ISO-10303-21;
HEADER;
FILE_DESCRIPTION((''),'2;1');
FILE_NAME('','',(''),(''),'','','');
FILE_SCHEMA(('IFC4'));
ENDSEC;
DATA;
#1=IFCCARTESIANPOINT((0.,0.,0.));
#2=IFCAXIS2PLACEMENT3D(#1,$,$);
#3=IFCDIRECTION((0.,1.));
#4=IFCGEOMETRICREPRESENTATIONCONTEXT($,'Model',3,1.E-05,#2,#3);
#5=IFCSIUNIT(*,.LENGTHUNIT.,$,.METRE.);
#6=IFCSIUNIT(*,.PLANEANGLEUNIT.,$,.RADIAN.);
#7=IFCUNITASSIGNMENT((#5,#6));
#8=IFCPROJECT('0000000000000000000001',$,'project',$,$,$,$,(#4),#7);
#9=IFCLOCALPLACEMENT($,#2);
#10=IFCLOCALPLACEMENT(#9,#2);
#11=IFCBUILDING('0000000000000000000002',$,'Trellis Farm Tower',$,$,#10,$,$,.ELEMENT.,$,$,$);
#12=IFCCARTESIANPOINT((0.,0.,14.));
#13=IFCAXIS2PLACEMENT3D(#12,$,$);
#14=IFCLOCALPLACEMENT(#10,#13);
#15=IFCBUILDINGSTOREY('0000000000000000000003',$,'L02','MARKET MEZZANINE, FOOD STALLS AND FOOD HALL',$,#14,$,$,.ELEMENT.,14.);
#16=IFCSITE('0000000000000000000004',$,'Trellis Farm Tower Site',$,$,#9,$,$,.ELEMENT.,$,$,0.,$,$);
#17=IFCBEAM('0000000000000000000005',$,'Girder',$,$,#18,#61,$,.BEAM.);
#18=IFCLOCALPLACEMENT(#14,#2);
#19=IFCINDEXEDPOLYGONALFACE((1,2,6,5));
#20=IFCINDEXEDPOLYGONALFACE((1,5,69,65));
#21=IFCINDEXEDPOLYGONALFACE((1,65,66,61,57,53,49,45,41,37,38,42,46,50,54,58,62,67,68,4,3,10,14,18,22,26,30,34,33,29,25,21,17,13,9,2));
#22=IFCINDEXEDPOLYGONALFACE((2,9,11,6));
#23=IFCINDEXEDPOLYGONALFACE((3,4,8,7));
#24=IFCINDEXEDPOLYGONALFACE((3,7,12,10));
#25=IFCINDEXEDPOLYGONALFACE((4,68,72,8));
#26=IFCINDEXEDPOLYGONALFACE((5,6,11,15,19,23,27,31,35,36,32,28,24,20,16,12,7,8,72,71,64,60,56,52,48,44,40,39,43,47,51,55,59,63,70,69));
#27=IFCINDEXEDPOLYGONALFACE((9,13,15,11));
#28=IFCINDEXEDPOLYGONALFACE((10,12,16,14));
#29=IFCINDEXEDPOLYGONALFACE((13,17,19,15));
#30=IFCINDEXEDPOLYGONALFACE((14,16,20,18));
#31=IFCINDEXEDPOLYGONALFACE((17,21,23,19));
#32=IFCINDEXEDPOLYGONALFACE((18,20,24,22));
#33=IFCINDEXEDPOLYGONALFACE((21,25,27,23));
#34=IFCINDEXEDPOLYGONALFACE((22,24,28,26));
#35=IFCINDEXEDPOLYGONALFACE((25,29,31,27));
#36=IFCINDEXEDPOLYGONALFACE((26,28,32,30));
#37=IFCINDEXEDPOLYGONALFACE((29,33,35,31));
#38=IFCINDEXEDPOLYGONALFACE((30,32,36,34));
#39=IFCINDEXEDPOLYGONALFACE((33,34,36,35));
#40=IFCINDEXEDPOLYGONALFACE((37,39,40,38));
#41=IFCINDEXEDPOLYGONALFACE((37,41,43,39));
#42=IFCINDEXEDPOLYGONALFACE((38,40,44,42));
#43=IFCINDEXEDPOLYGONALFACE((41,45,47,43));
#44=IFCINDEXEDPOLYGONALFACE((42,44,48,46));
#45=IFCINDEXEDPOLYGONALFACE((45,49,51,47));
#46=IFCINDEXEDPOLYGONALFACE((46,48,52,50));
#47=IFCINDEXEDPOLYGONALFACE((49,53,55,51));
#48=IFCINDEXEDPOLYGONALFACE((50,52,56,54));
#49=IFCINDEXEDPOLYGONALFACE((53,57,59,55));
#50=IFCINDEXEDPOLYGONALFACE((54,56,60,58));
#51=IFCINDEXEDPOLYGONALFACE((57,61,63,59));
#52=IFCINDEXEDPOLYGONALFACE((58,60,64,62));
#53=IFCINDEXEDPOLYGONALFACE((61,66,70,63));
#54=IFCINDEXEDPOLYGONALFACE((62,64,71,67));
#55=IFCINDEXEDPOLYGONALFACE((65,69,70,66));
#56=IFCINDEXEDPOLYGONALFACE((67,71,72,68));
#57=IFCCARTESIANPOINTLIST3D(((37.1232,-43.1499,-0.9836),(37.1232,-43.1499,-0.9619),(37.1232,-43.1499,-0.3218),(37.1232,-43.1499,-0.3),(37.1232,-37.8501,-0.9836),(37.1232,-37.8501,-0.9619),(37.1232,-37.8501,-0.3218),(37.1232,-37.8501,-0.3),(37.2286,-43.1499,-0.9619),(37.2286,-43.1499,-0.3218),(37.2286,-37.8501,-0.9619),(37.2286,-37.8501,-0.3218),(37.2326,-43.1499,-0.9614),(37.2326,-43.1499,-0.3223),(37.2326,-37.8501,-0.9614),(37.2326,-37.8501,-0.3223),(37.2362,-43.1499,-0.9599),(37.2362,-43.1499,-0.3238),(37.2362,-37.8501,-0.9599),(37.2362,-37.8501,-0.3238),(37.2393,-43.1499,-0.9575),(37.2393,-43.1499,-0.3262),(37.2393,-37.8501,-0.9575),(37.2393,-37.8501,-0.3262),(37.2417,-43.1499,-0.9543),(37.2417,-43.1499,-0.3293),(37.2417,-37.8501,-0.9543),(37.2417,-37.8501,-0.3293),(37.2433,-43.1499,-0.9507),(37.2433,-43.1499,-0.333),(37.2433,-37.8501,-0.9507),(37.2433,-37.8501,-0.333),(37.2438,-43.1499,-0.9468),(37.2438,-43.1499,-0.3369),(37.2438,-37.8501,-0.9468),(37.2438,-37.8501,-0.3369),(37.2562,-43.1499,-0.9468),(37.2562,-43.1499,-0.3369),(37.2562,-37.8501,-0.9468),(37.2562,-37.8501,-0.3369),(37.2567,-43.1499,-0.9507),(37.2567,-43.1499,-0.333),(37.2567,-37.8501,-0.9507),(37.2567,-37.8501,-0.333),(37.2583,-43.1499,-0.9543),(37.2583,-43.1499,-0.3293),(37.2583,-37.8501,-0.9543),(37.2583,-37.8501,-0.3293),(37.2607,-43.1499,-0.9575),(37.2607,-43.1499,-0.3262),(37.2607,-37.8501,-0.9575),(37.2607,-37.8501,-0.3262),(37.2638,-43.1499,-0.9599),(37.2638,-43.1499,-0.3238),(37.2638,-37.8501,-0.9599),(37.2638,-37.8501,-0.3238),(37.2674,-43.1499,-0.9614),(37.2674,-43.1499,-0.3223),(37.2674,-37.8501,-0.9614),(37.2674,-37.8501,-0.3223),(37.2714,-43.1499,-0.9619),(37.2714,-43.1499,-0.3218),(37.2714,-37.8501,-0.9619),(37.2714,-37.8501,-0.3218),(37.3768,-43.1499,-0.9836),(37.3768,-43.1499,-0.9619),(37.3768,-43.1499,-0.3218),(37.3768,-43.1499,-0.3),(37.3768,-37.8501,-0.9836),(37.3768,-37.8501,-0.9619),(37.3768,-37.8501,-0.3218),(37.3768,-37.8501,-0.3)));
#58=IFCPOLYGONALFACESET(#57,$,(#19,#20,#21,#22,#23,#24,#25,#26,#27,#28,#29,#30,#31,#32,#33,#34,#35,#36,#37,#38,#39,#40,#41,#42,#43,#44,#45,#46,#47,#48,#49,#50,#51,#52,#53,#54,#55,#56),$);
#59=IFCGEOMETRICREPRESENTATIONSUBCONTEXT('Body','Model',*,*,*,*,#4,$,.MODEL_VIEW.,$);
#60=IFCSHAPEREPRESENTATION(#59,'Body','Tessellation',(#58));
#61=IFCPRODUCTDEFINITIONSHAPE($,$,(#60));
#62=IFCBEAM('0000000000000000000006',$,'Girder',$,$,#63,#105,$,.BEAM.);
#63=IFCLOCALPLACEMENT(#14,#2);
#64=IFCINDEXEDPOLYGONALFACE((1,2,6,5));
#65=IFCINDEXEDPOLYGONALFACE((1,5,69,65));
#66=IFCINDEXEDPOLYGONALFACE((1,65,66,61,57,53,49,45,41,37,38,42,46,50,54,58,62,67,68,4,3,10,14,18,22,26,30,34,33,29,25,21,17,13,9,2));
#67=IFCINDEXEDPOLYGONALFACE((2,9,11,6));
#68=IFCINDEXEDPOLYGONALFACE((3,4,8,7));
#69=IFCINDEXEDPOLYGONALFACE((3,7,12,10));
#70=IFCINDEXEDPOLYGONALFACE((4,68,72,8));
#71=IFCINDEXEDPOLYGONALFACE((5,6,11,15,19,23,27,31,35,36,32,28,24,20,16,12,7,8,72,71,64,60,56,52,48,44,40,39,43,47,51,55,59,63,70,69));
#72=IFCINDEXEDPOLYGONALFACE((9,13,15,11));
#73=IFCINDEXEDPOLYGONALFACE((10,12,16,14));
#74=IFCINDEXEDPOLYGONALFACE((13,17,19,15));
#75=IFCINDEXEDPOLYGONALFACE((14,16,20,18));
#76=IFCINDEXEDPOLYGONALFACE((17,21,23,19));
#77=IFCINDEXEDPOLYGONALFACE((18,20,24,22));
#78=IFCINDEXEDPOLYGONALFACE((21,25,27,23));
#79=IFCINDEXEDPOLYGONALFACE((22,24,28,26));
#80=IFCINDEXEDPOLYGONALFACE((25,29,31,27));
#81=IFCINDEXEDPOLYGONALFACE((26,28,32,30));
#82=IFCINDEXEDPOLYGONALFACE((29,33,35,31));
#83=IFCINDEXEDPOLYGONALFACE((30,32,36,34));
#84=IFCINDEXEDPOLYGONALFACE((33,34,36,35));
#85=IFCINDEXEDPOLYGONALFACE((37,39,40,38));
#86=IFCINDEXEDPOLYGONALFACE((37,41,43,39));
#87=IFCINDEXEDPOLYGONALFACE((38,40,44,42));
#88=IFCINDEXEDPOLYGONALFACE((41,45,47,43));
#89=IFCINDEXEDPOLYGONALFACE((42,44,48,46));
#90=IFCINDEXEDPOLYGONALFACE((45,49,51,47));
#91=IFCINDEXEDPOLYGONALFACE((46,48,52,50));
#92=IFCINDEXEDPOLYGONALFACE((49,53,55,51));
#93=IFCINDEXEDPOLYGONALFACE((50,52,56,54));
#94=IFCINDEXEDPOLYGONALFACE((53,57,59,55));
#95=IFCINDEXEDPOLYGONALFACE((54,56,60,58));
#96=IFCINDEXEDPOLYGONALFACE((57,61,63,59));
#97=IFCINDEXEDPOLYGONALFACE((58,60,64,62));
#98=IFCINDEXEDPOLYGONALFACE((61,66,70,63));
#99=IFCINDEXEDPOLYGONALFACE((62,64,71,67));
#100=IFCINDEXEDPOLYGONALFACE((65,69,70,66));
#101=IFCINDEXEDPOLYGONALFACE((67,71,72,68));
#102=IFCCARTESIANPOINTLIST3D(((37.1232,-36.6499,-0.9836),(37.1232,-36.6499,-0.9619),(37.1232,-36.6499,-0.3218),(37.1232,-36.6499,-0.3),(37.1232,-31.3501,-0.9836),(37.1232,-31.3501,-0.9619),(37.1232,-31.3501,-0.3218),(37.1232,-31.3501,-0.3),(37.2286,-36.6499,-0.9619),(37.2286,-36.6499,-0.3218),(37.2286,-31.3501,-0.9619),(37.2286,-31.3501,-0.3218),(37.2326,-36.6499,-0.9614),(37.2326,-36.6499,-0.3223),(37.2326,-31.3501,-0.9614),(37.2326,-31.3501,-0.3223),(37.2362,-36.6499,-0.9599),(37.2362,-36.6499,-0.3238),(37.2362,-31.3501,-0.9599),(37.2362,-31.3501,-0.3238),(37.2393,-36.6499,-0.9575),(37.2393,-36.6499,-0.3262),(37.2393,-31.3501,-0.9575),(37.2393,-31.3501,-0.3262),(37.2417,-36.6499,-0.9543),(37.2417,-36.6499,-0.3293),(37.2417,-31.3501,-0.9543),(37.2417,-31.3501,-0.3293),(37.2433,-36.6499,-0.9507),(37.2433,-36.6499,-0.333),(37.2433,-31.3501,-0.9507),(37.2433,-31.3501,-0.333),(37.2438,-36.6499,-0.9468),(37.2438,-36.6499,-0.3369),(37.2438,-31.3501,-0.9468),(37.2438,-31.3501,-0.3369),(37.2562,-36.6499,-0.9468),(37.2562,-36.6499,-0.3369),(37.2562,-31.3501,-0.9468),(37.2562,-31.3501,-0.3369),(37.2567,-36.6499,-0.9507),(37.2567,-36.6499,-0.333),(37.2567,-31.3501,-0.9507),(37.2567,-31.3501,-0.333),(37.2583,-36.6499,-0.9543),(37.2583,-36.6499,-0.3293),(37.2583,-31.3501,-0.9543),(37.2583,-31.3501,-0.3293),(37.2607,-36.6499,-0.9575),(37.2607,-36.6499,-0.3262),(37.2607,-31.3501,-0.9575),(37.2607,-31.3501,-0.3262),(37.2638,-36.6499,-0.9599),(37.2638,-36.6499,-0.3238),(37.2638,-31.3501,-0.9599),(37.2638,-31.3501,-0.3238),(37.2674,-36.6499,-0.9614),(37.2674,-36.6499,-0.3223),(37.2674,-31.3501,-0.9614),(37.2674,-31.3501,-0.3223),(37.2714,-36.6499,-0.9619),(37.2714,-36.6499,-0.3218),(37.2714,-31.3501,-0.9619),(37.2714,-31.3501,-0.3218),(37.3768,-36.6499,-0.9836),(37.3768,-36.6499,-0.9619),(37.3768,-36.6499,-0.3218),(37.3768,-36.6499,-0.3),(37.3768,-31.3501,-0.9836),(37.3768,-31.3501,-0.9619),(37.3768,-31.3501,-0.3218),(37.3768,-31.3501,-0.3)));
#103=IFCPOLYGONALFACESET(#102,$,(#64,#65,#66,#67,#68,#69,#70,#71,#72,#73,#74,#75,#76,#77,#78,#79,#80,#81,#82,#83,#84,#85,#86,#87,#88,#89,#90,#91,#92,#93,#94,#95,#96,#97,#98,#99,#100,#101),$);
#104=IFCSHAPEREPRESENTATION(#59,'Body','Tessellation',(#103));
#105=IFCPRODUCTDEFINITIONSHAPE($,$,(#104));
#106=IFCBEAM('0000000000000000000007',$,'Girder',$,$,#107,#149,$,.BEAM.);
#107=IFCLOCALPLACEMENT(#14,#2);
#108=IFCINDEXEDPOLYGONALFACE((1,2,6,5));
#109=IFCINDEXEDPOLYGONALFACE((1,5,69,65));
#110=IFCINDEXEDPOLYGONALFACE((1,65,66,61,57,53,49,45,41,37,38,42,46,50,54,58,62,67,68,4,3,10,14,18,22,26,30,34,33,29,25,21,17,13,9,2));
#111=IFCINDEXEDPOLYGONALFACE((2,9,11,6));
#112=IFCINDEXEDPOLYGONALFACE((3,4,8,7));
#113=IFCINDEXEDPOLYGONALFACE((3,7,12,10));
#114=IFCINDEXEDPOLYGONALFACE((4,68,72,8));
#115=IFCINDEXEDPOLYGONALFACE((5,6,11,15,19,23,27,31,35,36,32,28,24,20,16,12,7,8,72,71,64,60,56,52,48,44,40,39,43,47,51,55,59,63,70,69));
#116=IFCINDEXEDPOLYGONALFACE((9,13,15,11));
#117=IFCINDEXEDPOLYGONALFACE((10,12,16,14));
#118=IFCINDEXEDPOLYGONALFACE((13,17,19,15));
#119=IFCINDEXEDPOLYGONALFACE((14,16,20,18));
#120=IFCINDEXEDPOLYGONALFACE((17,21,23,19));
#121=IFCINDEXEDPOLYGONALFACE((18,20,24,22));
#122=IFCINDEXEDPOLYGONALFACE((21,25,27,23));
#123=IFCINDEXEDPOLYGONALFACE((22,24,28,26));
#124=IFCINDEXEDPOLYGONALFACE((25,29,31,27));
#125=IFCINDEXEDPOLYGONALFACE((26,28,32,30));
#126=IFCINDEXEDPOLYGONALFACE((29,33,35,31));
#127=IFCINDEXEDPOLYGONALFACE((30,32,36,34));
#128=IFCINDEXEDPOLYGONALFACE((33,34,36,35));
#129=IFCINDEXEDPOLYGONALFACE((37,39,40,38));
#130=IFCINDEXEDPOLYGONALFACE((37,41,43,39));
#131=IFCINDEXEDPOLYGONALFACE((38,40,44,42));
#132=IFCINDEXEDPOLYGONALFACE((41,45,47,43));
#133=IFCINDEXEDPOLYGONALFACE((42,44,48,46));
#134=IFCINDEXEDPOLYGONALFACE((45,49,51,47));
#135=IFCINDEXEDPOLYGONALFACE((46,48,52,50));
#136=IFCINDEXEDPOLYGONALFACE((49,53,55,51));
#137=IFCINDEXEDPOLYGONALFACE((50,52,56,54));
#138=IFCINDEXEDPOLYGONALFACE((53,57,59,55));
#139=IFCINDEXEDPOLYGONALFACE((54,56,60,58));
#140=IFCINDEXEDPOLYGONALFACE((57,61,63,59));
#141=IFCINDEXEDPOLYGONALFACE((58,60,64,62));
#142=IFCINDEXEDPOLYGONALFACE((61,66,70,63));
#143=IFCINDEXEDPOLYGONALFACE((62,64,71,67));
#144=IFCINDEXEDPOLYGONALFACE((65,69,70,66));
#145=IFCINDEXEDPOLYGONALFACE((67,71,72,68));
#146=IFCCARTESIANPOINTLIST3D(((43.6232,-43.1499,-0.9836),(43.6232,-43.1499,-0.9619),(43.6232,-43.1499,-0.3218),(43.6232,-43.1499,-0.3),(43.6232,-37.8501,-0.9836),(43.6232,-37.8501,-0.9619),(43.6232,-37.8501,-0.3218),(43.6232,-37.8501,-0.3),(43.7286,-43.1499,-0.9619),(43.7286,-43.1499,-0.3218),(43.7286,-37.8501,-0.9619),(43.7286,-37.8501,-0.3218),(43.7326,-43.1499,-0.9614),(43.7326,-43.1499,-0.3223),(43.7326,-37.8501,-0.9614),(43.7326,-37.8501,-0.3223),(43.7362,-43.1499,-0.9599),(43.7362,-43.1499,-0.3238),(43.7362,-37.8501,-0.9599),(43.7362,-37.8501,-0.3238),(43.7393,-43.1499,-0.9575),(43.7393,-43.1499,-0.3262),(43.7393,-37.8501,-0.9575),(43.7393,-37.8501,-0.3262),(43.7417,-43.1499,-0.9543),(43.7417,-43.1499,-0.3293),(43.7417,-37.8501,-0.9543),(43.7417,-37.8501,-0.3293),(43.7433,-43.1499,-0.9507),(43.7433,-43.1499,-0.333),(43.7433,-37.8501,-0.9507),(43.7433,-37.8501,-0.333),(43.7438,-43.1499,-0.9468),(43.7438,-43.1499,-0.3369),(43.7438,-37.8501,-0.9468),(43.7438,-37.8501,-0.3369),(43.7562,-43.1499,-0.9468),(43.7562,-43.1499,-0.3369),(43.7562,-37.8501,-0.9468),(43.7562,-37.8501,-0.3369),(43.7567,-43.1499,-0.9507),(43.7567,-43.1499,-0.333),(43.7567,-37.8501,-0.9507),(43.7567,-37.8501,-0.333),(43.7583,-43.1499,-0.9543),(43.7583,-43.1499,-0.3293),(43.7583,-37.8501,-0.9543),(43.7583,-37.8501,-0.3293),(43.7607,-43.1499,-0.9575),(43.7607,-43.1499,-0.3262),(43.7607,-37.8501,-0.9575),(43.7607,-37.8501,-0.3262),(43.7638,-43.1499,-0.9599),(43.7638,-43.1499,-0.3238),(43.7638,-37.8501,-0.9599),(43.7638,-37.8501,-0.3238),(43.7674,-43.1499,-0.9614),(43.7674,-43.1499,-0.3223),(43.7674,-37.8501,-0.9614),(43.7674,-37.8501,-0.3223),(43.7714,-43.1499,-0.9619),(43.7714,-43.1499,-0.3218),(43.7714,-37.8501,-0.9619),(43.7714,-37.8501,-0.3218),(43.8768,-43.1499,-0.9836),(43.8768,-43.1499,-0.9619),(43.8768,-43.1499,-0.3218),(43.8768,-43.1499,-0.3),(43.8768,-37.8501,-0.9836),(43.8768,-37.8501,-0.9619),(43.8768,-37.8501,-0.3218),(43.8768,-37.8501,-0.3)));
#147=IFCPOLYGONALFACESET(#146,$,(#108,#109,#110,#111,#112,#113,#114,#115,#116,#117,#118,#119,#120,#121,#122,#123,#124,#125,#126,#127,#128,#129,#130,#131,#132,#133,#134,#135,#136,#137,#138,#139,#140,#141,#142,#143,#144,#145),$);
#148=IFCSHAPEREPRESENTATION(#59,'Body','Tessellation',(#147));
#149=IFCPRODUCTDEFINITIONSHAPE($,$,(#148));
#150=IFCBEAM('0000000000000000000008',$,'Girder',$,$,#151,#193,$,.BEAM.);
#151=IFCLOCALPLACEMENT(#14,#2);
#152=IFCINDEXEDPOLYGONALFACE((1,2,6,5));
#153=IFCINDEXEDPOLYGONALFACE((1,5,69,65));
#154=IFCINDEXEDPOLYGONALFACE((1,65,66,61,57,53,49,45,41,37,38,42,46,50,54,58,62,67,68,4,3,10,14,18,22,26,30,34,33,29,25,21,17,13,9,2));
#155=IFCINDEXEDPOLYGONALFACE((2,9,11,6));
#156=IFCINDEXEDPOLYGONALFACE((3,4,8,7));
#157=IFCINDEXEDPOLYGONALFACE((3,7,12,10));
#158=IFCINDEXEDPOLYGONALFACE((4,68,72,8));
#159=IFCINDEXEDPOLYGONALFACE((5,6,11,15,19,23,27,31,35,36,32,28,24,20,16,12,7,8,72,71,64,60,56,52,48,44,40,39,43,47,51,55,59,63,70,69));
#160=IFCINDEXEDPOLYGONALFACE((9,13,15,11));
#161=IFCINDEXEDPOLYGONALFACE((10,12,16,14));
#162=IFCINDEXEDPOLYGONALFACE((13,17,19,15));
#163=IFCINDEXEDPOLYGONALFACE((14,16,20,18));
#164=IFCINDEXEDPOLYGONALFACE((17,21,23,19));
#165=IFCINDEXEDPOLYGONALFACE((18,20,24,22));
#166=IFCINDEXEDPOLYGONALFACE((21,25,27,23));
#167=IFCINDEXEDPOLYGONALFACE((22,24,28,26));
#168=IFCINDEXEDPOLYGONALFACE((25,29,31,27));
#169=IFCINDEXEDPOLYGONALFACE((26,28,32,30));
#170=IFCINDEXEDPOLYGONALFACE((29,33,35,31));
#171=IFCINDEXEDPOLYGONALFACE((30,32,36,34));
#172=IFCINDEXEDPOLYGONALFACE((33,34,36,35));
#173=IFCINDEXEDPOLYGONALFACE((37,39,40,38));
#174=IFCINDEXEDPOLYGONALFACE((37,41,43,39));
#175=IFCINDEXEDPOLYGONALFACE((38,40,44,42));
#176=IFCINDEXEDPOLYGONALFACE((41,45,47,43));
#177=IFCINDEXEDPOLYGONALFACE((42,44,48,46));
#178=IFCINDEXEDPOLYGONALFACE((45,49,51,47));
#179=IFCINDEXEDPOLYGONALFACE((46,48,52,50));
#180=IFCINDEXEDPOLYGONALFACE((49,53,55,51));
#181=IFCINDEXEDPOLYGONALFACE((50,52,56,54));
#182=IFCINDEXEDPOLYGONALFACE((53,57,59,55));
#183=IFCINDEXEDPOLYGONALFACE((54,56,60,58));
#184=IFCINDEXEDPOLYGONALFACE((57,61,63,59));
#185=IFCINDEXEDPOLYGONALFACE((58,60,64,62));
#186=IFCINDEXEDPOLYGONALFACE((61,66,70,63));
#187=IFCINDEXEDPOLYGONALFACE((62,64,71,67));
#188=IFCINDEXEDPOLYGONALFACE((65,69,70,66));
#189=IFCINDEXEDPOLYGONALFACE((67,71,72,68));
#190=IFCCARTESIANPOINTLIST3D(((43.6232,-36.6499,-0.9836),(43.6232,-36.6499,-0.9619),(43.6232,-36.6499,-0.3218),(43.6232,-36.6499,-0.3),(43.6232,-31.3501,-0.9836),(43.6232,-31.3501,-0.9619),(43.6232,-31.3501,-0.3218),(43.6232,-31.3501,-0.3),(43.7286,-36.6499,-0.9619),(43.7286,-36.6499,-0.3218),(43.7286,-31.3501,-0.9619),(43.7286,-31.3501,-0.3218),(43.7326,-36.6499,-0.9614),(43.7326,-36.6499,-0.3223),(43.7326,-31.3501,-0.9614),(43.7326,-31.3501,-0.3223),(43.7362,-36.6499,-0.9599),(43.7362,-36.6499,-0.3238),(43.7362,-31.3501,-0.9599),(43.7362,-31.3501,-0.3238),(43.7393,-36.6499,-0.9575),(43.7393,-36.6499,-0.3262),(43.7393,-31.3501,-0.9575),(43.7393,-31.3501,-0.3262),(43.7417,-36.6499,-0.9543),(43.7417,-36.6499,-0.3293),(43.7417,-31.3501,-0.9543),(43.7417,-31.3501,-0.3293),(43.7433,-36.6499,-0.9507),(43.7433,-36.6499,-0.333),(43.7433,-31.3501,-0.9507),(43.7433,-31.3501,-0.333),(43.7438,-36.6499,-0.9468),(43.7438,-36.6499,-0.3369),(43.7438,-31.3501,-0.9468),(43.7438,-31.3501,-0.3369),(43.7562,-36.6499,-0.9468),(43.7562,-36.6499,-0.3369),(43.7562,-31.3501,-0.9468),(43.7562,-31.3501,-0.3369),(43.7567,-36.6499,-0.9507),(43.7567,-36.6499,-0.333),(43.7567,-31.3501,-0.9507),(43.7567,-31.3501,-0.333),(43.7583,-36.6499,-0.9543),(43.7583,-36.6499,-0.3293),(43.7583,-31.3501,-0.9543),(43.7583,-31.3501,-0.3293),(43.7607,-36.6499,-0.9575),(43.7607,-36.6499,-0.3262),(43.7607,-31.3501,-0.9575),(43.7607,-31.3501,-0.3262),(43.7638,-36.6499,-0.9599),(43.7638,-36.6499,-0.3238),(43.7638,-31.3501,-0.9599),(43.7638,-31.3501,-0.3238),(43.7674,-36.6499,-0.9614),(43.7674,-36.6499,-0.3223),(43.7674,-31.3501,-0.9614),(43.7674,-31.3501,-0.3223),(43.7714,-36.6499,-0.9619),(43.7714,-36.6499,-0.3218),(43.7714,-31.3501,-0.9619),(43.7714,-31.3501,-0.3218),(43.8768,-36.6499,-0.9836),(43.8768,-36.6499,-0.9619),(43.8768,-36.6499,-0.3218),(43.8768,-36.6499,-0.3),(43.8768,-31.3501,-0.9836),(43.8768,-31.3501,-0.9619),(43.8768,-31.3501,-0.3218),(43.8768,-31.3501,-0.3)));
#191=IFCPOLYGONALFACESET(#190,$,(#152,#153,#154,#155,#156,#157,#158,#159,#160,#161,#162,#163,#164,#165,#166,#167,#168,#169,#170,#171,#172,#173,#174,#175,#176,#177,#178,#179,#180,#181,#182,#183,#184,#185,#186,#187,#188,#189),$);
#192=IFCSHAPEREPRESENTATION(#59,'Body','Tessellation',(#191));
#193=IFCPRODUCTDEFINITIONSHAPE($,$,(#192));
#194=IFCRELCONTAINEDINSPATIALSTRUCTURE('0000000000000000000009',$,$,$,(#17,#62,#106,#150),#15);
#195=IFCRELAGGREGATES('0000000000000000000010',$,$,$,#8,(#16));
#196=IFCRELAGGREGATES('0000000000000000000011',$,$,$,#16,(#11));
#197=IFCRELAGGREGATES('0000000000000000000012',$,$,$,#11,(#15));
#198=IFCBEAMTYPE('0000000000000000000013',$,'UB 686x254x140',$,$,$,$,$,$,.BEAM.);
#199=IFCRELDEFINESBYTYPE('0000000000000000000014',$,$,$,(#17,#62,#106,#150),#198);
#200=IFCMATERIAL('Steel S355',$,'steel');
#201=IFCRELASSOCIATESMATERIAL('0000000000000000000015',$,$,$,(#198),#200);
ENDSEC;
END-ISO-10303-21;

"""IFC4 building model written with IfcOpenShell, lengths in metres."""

from ifc_helpers import new_model, si_unit, direction, frame, origin, origin_2d, place, context, subcontext, project, spatial, i_section, extrude, source, transform, mapped, material, material_profile, profile_set, type_object, element, save


model = new_model("IFC4")

# Units and contexts
model_context = context("Model", 3, precision=1e-05, world=origin(), true_north=direction((0.0, 1.0)))
body_context = subcontext(model_context, "Body", "Model", "MODEL_VIEW")
ifc_project = project(units=[si_unit("LENGTHUNIT", "METRE"), si_unit("PLANEANGLEUNIT", "RADIAN")], contexts=[model_context])

# Site, building, storey
site_placement = place(None, origin())
site = spatial("IfcSite", under=ifc_project, at=site_placement, Name="Trellis Farm Tower Site", CompositionType="ELEMENT", RefElevation=0.0)
building_placement = place(site_placement, origin())
building = spatial("IfcBuilding", under=site, at=building_placement, Name="Trellis Farm Tower", CompositionType="ELEMENT")
storey_placement = place(building_placement, frame((0.0, 0.0, 14.0)))
storey = spatial("IfcBuildingStorey", under=building, at=storey_placement, Name="L02", Description="MARKET MEZZANINE, FOOD STALLS AND FOOD HALL", CompositionType="ELEMENT", Elevation=14.0)

# Beams
ifc_material_1 = material(Name="Steel S355", Category="steel")
ifc_material_profile_1 = material_profile(ifc_material_1, i_section(OverallWidth=0.2537, OverallDepth=0.6836, WebThickness=0.0125, FlangeThickness=0.0217, FilletRadius=0.0151, at=origin_2d()), Name="UB 686x254x140")
ifc_profile_set_1 = profile_set([ifc_material_profile_1], Name="Steel S355")
beam_type_1 = type_object("IfcBeamType", Name="UB 686x254x140", PredefinedType="BEAM", material=ifc_profile_set_1)
shared_shape_1 = source(origin(), body_context, "Body", "SweptSolid", [
    extrude(i_section(OverallWidth=0.2537, OverallDepth=0.6836, WebThickness=0.0125, FlangeThickness=0.0217, FilletRadius=0.0151, at=origin_2d()), origin(), (0.0, 0.0, 1.0), 5.2998),
])
for number, where, z_axis, x_axis, name in (
    (1, (37.25, -43.1499, -0.6418), (0.0, 1.0, 0.0), (-1.0, 0.0, 0.0), "Girder"),
    (2, (37.25, -36.6499, -0.6418), (0.0, 1.0, 0.0), (-1.0, 0.0, 0.0), "Girder"),
    (3, (43.75, -43.1499, -0.6418), (0.0, 1.0, 0.0), (-1.0, 0.0, 0.0), "Girder"),
    (4, (43.75, -36.6499, -0.6418), (0.0, 1.0, 0.0), (-1.0, 0.0, 0.0), "Girder"),
):
    element("IfcBeam", number, at=place(storey_placement, frame(where, z_axis=z_axis, x_axis=x_axis)), inside=storey, type_object=beam_type_1, Name=name, PredefinedType="BEAM", context=body_context, shape_type="MappedRepresentation", body=[
        mapped(shared_shape_1, transform((0.0, 0.0, 0.0))),
    ])

save(model, "model.ifc")
